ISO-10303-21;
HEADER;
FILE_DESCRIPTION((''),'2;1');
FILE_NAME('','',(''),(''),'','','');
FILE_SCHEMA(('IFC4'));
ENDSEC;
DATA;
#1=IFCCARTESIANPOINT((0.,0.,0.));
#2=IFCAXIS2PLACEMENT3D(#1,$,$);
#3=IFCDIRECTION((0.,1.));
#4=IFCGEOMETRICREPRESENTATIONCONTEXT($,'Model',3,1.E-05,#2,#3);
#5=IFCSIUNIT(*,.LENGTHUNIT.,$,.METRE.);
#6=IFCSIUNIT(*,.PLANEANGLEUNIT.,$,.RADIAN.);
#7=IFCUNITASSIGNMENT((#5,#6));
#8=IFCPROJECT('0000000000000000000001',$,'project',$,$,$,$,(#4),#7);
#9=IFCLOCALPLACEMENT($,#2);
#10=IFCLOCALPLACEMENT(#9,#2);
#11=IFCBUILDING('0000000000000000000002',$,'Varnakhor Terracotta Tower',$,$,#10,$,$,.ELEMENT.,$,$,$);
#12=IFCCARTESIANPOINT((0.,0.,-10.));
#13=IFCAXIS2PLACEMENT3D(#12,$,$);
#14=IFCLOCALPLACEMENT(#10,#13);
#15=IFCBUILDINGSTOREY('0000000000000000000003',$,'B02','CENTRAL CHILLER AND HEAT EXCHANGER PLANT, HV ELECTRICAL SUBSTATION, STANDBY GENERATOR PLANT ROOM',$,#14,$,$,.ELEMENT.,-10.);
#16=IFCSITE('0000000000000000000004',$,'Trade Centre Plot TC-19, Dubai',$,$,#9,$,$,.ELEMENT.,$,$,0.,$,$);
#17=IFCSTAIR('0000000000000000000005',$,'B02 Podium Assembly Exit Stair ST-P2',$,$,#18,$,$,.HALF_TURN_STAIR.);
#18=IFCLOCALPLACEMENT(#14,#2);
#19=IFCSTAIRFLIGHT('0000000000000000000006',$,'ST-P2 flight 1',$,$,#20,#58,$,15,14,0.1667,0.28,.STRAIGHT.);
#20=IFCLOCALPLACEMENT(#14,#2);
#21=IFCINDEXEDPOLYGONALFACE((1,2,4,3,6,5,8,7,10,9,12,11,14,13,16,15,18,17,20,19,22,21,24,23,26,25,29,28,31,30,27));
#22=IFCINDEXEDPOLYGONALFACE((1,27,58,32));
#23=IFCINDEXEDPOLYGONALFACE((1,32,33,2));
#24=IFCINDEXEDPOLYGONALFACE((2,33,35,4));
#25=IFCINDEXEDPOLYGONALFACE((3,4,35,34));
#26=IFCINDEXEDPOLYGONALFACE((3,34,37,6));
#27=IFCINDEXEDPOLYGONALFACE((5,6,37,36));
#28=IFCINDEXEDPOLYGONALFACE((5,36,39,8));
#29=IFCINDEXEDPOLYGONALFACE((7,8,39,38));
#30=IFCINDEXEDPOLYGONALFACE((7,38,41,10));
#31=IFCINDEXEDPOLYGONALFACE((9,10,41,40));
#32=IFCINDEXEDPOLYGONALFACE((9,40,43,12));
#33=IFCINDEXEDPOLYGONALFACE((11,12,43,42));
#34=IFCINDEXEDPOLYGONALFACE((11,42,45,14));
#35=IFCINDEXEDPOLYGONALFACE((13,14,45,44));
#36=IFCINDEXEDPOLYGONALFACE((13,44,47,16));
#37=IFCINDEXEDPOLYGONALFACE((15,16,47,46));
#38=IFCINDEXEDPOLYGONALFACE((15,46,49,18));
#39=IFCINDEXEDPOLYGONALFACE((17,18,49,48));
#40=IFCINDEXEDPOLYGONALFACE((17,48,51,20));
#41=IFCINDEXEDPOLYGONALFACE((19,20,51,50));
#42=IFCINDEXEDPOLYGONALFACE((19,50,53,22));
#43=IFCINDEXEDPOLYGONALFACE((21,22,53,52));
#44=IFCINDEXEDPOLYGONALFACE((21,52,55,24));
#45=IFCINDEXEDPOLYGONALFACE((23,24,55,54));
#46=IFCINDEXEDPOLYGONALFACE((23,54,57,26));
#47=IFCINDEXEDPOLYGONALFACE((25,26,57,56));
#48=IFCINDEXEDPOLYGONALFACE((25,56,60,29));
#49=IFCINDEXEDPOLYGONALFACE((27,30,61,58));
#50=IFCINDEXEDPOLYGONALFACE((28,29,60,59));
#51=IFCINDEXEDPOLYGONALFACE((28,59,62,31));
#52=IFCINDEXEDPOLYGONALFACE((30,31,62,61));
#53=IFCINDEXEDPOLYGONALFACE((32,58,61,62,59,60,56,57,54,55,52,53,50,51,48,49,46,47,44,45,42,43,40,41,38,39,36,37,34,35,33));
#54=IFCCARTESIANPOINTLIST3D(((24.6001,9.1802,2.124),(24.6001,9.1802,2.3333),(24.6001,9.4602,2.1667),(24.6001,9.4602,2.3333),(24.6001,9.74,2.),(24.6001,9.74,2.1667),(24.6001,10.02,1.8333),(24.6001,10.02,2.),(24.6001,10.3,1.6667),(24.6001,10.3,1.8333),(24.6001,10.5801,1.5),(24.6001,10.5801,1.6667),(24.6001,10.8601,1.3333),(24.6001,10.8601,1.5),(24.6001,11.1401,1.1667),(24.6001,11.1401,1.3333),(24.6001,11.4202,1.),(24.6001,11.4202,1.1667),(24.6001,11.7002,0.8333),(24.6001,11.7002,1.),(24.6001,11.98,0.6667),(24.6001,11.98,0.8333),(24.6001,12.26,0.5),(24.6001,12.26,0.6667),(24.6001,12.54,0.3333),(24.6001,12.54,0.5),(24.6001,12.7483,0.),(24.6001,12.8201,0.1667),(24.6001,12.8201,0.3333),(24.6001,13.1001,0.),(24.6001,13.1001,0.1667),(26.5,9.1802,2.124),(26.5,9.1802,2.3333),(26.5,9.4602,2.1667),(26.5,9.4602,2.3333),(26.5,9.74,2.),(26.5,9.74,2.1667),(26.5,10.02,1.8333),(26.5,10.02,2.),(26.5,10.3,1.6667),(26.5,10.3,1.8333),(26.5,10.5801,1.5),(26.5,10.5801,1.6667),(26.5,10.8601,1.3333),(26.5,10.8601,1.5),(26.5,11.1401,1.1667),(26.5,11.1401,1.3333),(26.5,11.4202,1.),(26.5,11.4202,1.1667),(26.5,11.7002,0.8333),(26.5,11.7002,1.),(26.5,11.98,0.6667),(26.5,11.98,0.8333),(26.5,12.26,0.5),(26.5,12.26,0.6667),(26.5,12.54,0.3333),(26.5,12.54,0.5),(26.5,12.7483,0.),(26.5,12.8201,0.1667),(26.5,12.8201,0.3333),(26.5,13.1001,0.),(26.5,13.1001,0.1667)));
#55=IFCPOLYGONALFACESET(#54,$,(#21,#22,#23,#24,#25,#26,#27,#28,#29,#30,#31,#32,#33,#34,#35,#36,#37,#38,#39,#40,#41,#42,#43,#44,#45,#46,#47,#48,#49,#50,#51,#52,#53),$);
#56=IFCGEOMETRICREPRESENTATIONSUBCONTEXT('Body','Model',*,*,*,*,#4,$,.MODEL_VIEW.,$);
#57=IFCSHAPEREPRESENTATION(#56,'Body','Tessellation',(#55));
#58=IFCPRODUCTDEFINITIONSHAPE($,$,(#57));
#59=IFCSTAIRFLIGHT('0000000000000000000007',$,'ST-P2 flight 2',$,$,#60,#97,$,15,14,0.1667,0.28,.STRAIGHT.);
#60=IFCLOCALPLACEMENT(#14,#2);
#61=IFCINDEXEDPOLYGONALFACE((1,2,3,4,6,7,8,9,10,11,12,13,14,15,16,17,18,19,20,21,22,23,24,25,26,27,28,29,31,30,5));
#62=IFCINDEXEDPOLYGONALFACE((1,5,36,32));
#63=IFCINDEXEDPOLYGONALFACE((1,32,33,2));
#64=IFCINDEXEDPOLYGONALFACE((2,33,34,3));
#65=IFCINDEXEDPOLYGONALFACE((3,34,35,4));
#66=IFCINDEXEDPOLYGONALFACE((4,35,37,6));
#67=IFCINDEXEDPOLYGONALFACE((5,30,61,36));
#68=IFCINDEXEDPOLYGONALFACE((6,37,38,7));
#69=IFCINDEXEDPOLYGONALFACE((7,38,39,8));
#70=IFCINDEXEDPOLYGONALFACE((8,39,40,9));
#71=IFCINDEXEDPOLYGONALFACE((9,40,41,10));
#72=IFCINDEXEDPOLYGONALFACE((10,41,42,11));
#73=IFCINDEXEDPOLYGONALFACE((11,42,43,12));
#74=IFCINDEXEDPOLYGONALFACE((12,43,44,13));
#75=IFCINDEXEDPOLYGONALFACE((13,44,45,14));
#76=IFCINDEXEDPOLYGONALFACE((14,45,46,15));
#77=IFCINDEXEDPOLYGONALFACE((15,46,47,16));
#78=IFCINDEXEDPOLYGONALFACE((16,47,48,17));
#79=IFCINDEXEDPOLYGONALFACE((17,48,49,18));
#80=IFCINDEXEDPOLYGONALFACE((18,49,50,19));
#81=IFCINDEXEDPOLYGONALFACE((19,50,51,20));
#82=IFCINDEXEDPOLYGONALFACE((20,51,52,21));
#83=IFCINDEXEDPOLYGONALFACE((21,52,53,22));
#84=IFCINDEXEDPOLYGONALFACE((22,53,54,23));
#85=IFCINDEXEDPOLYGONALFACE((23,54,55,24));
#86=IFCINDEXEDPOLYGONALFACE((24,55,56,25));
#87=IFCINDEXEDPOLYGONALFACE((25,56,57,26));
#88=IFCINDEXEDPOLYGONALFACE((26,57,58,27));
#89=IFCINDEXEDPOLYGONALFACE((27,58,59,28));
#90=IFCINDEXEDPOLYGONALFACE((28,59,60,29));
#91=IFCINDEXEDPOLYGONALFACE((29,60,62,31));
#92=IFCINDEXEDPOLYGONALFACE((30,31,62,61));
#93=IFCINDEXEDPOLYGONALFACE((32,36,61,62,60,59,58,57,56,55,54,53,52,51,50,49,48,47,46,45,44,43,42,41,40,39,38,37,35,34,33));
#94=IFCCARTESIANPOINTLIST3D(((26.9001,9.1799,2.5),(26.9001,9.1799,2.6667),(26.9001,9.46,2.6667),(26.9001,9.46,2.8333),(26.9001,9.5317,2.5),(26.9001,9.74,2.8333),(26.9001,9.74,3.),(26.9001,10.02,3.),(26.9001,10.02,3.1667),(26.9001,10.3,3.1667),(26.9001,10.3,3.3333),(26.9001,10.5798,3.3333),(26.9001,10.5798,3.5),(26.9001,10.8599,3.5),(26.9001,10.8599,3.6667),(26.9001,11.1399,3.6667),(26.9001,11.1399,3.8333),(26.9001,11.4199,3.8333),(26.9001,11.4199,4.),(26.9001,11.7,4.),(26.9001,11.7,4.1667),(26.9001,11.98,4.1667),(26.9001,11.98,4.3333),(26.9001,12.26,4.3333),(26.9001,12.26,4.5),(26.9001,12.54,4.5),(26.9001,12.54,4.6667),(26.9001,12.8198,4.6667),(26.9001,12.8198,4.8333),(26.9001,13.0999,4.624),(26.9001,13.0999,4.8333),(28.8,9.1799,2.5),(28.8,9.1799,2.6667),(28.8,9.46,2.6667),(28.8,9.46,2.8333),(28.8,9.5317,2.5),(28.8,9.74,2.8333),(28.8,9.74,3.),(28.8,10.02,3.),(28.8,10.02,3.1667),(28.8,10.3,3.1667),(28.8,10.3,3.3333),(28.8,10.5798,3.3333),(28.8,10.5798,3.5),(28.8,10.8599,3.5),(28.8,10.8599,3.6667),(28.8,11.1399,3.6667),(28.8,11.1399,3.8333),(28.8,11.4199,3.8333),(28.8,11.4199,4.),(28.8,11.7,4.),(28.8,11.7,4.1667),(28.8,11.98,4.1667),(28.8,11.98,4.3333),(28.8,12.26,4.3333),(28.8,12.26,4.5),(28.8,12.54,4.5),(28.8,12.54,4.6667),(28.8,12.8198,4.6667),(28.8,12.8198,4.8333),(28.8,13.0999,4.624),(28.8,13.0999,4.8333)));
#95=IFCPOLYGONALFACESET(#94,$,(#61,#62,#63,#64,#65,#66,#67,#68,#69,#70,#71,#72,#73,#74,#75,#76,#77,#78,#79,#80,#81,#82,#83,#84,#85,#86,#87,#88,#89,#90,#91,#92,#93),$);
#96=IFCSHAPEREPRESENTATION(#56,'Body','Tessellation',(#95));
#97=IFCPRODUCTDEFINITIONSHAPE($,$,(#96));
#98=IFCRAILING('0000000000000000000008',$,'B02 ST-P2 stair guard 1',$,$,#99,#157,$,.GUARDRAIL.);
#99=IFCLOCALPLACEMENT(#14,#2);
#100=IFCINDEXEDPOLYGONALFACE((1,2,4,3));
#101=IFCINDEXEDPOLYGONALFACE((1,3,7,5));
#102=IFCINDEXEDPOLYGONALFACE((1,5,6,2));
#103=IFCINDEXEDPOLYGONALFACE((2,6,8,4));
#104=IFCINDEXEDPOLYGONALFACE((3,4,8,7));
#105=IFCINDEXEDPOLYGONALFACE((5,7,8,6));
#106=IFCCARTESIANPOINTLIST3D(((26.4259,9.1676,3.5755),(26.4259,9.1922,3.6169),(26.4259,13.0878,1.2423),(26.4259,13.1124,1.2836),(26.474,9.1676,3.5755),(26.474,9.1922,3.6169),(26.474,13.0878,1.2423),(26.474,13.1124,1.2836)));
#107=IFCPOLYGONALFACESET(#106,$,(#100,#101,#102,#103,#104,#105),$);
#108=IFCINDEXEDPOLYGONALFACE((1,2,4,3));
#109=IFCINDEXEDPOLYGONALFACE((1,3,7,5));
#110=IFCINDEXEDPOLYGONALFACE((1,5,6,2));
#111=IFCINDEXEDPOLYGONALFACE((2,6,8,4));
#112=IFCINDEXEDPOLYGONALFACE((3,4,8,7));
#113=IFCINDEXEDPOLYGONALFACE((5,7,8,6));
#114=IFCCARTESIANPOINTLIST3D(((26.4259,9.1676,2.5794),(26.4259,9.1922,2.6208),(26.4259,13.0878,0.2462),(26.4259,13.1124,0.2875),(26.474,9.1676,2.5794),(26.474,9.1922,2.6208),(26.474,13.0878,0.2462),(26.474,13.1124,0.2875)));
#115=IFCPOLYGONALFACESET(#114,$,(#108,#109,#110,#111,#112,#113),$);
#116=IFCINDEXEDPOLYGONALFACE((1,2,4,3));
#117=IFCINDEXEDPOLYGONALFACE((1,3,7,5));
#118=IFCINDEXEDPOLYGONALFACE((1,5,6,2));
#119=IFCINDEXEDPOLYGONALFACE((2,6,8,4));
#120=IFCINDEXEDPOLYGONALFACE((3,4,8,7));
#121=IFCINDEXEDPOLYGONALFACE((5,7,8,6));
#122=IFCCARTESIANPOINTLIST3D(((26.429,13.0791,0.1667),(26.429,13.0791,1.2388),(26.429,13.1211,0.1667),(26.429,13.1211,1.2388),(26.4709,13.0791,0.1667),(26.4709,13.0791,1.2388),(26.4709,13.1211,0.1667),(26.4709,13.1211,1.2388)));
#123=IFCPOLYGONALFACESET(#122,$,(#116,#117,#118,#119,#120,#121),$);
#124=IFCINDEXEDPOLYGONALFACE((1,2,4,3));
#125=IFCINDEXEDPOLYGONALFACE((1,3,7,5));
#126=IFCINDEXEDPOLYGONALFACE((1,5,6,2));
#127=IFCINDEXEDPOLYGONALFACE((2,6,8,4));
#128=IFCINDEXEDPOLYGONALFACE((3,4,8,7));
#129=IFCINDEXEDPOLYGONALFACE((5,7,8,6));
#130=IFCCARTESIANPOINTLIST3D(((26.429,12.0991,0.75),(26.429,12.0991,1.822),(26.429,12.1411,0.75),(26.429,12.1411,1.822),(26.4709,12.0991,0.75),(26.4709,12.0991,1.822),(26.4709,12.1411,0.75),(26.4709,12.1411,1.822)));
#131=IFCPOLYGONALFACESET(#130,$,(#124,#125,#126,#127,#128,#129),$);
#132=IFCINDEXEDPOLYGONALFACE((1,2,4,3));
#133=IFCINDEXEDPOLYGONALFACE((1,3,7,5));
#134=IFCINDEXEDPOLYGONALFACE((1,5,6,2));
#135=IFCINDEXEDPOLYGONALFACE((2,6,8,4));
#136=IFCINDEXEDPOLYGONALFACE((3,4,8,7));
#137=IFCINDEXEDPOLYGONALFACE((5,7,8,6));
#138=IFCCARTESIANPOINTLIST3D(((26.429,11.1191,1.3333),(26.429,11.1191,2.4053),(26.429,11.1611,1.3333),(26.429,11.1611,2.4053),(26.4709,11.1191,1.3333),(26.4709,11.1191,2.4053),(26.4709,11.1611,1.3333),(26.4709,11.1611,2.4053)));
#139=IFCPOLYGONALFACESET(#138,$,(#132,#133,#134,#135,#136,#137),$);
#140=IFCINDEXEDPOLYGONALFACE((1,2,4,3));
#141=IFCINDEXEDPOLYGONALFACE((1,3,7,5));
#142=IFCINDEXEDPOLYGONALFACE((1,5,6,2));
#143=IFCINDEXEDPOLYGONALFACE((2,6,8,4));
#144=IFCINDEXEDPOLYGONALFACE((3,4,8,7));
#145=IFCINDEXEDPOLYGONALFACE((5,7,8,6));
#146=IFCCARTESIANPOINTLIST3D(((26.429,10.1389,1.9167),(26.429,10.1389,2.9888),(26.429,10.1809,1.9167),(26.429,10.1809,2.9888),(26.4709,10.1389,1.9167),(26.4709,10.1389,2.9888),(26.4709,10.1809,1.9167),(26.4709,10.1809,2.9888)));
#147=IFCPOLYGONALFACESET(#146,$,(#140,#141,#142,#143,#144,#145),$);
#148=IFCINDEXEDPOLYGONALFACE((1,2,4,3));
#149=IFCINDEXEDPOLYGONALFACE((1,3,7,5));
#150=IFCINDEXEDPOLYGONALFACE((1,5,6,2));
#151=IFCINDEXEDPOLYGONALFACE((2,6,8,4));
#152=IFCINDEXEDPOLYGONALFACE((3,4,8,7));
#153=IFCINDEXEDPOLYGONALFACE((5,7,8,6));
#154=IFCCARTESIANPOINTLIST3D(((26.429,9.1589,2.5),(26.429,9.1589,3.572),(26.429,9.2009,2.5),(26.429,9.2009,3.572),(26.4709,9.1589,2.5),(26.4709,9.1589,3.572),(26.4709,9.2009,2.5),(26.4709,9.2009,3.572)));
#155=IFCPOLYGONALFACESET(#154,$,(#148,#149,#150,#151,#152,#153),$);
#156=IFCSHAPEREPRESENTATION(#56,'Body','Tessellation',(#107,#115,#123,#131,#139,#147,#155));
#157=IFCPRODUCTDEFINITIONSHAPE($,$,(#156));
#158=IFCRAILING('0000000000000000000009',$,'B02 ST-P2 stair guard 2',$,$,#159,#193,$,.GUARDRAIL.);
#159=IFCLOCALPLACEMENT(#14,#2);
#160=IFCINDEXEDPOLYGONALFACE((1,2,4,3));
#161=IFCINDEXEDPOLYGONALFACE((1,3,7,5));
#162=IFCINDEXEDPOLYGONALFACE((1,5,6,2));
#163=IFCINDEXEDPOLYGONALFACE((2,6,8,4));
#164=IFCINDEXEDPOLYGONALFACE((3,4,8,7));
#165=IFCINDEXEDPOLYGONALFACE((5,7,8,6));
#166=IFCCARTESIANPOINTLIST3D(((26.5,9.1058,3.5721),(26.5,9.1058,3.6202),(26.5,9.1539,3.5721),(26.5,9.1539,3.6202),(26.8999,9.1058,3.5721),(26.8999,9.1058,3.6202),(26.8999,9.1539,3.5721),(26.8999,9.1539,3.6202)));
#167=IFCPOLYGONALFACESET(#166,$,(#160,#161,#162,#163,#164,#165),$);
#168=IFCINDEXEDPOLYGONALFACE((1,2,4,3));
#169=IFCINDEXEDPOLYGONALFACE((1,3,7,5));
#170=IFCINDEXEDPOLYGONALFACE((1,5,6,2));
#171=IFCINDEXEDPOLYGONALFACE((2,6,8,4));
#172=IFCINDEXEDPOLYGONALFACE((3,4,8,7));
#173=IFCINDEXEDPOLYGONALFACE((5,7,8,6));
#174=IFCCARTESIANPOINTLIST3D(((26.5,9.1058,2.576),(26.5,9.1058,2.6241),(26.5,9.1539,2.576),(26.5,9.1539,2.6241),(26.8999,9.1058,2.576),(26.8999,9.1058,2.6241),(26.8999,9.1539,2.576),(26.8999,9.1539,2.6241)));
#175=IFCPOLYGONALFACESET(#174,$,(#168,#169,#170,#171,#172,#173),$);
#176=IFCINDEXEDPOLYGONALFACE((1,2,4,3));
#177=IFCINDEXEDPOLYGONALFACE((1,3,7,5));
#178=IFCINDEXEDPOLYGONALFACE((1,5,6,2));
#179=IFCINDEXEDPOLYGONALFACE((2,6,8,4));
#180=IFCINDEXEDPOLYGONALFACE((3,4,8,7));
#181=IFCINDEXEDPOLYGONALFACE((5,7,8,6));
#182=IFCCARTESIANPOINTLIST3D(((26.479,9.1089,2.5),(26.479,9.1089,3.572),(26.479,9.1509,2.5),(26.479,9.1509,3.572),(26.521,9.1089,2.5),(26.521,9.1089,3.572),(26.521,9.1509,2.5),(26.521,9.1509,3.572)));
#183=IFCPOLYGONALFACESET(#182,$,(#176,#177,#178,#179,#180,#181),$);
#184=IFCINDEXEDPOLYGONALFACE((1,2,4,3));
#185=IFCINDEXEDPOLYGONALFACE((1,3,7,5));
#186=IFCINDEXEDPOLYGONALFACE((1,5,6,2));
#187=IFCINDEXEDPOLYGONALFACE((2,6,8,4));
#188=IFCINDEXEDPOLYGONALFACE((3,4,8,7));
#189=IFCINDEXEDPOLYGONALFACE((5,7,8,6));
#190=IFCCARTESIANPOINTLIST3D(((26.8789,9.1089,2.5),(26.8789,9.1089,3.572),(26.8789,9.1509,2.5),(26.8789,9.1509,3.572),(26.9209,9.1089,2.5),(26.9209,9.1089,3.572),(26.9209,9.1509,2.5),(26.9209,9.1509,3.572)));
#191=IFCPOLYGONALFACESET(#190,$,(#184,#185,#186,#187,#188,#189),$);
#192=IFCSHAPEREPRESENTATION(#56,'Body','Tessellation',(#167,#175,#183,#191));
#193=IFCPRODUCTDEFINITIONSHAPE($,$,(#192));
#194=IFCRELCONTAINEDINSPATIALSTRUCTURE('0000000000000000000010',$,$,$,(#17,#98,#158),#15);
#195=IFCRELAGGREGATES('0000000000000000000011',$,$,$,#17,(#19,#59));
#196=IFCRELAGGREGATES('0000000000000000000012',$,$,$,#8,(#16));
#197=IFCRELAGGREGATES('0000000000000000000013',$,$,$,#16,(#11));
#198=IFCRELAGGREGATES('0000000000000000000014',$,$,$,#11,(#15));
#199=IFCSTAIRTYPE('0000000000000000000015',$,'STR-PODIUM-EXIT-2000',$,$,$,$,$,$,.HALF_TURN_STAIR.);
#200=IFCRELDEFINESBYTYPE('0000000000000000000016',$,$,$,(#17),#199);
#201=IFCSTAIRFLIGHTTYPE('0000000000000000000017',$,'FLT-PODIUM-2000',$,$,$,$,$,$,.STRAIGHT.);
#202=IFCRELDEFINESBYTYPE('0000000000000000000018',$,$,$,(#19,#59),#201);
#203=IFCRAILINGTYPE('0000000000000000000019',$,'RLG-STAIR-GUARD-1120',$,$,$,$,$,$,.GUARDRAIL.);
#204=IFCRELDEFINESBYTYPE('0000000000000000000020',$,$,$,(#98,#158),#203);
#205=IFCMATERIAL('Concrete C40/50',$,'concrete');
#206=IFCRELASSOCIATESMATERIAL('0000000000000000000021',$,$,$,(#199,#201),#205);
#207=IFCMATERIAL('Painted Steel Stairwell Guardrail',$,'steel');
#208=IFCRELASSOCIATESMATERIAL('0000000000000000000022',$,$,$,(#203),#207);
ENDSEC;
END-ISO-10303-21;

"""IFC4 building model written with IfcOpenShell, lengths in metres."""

from ifc_helpers import new_model, si_unit, direction, frame, origin, origin_2d, place, context, subcontext, project, spatial, polyline, rectangle, outline, extrude, material, type_object, element, aggregate, save


model = new_model("IFC4")

# Units and contexts
model_context = context("Model", 3, precision=1e-05, world=origin(), true_north=direction((0.0, 1.0)))
body_context = subcontext(model_context, "Body", "Model", "MODEL_VIEW")
ifc_project = project(units=[si_unit("LENGTHUNIT", "METRE"), si_unit("PLANEANGLEUNIT", "RADIAN")], contexts=[model_context])

# Site, building, storey
site_placement = place(None, origin())
site = spatial("IfcSite", under=ifc_project, at=site_placement, Name="Trade Centre Plot TC-19, Dubai", CompositionType="ELEMENT", RefElevation=0.0)
building_placement = place(site_placement, origin())
building = spatial("IfcBuilding", under=site, at=building_placement, Name="Varnakhor Terracotta Tower", CompositionType="ELEMENT")
storey_placement = place(building_placement, frame((0.0, 0.0, -10.0)))
storey = spatial("IfcBuildingStorey", under=building, at=storey_placement, Name="B02", Description="CENTRAL CHILLER AND HEAT EXCHANGER PLANT, HV ELECTRICAL SUBSTATION, STANDBY GENERATOR PLANT ROOM", CompositionType="ELEMENT", Elevation=-10.0)

# Shared definitions
ifc_material_1 = material(Name="Concrete C40/50", Category="concrete")

# Stair, stair flights
stair_type = type_object("IfcStairType", Name="STR-PODIUM-EXIT-2000", PredefinedType="HALF_TURN_STAIR", material=ifc_material_1)
stair_placement = place(storey_placement, origin())
stair = element("IfcStair", 1, at=stair_placement, inside=storey, type_object=stair_type, Name="B02 Podium Assembly Exit Stair ST-P2", PredefinedType="HALF_TURN_STAIR")
stair_flight_type = type_object("IfcStairFlightType", Name="FLT-PODIUM-2000", PredefinedType="STRAIGHT", material=ifc_material_1)
stair_flight_1_placement = place(storey_placement, frame((25.55, 13.1001, 0.0), z_axis=(0.0, 0.0, 1.0), x_axis=(0.0, -1.0, 0.0)))
stair_flight_1 = element("IfcStairFlight", 2, at=stair_flight_1_placement, type_object=stair_flight_type, Name="ST-P2 flight 1", NumberOfRisers=15, NumberOfTreads=14, PredefinedType="STRAIGHT", RiserHeight=0.1667, TreadLength=0.28, context=body_context, shape_type="SweptSolid", body=[
    extrude(outline(polyline([(0.0, 0.0), (0.0, 0.1667), (0.28, 0.1667), (0.28, 0.3333), (0.5601, 0.3333), (0.5601, 0.5), (0.8401, 0.5), (0.8401, 0.6667), (1.1201, 0.6667), (1.1201, 0.8333), (1.3999, 0.8333), (1.3999, 1.0), (1.6799, 1.0), (1.6799, 1.1667), (1.96, 1.1667), (1.96, 1.3333), (2.24, 1.3333), (2.24, 1.5), (2.52, 1.5), (2.52, 1.6667), (2.8, 1.6667), (2.8, 1.8333), (3.0801, 1.8333), (3.0801, 2.0), (3.3601, 2.0), (3.3601, 2.1667), (3.6399, 2.1667), (3.6399, 2.3333), (3.9199, 2.3333), (3.9199, 2.5), (3.9199, 2.124), (0.3518, 0.0), (0.0, 0.0)])), frame((0.0, 0.95, 0.0), z_axis=(0.0, -1.0, 0.0), x_axis=(1.0, 0.0, 0.0)), (0.0, 0.0, 1.0), 1.8999),
])
stair_flight_2_placement = place(storey_placement, frame((27.8501, 9.1799, 2.5), z_axis=(0.0, 0.0, 1.0), x_axis=(0.0, 1.0, 0.0)))
stair_flight_2 = element("IfcStairFlight", 3, at=stair_flight_2_placement, type_object=stair_flight_type, Name="ST-P2 flight 2", NumberOfRisers=15, NumberOfTreads=14, PredefinedType="STRAIGHT", RiserHeight=0.1667, TreadLength=0.28, context=body_context, shape_type="SweptSolid", body=[
    extrude(outline(polyline([(0.0, 0.0), (0.0, 0.1667), (0.28, 0.1667), (0.28, 0.3333), (0.5601, 0.3333), (0.5601, 0.5), (0.8401, 0.5), (0.8401, 0.6667), (1.1201, 0.6667), (1.1201, 0.8333), (1.3999, 0.8333), (1.3999, 1.0), (1.6799, 1.0), (1.6799, 1.1667), (1.96, 1.1667), (1.96, 1.3333), (2.24, 1.3333), (2.24, 1.5), (2.52, 1.5), (2.52, 1.6667), (2.8, 1.6667), (2.8, 1.8333), (3.0801, 1.8333), (3.0801, 2.0), (3.3601, 2.0), (3.3601, 2.1667), (3.6399, 2.1667), (3.6399, 2.3333), (3.9199, 2.3333), (3.9199, 2.5), (3.9199, 2.124), (0.3518, 0.0), (0.0, 0.0)])), frame((0.0, 0.95, 0.0), z_axis=(0.0, -1.0, 0.0), x_axis=(1.0, 0.0, 0.0)), (0.0, 0.0, 1.0), 1.8999),
])
aggregate(stair, [stair_flight_1, stair_flight_2])

# Railings
ifc_material_2 = material(Name="Painted Steel Stairwell Guardrail", Category="steel")
railing_type_1 = type_object("IfcRailingType", Name="RLG-STAIR-GUARD-1120", PredefinedType="GUARDRAIL", material=ifc_material_2)
railing_1_placement = place(storey_placement, frame((26.45, 13.1001, 0.1667)))
element("IfcRailing", 4, at=railing_1_placement, inside=storey, type_object=railing_type_1, Name="B02 ST-P2 stair guard 1", PredefinedType="GUARDRAIL", context=body_context, shape_type="SweptSolid", body=[
    extrude(rectangle(XDim=0.0481, YDim=0.0481, at=origin_2d()), frame((0.0, 0.0, 1.0962), z_axis=(0.0, -0.85931, 0.511455), x_axis=(1.0, 0.0, 0.0)), (0.0, 0.0, 1.0), 4.562),
    extrude(rectangle(XDim=0.0481, YDim=0.0481, at=origin_2d()), frame((0.0, 0.0, 0.1001), z_axis=(0.0, -0.85931, 0.511455), x_axis=(1.0, 0.0, 0.0)), (0.0, 0.0, 1.0), 4.562),
    extrude(rectangle(XDim=0.042, YDim=0.042, at=origin_2d()), origin(), (0.0, 0.0, 1.0), 1.072),
    extrude(rectangle(XDim=0.042, YDim=0.042, at=origin_2d()), frame((0.0, -0.98, 0.5833)), (0.0, 0.0, 1.0), 1.072),
    extrude(rectangle(XDim=0.042, YDim=0.042, at=origin_2d()), frame((0.0, -1.96, 1.1665)), (0.0, 0.0, 1.0), 1.072),
    extrude(rectangle(XDim=0.042, YDim=0.042, at=origin_2d()), frame((0.0, -2.9402, 1.75)), (0.0, 0.0, 1.0), 1.072),
    extrude(rectangle(XDim=0.042, YDim=0.042, at=origin_2d()), frame((0.0, -3.9202, 2.3333)), (0.0, 0.0, 1.0), 1.072),
])
railing_2_placement = place(storey_placement, frame((26.5, 9.1299, 2.5)))
element("IfcRailing", 5, at=railing_2_placement, inside=storey, type_object=railing_type_1, Name="B02 ST-P2 stair guard 2", PredefinedType="GUARDRAIL", context=body_context, shape_type="SweptSolid", body=[
    extrude(rectangle(XDim=0.0481, YDim=0.0481, at=origin_2d()), frame((0.0, 0.0, 1.0962), z_axis=(1.0, 0.0, 0.0), x_axis=(0.0, 1.0, 0.0)), (0.0, 0.0, 1.0), 0.3999),
    extrude(rectangle(XDim=0.0481, YDim=0.0481, at=origin_2d()), frame((0.0, 0.0, 0.1001), z_axis=(1.0, 0.0, 0.0), x_axis=(0.0, 1.0, 0.0)), (0.0, 0.0, 1.0), 0.3999),
    extrude(rectangle(XDim=0.042, YDim=0.042, at=origin_2d()), origin(), (0.0, 0.0, 1.0), 1.072),
    extrude(rectangle(XDim=0.042, YDim=0.042, at=origin_2d()), frame((0.3999, 0.0, 0.0)), (0.0, 0.0, 1.0), 1.072),
])

save(model, "model.ifc")
